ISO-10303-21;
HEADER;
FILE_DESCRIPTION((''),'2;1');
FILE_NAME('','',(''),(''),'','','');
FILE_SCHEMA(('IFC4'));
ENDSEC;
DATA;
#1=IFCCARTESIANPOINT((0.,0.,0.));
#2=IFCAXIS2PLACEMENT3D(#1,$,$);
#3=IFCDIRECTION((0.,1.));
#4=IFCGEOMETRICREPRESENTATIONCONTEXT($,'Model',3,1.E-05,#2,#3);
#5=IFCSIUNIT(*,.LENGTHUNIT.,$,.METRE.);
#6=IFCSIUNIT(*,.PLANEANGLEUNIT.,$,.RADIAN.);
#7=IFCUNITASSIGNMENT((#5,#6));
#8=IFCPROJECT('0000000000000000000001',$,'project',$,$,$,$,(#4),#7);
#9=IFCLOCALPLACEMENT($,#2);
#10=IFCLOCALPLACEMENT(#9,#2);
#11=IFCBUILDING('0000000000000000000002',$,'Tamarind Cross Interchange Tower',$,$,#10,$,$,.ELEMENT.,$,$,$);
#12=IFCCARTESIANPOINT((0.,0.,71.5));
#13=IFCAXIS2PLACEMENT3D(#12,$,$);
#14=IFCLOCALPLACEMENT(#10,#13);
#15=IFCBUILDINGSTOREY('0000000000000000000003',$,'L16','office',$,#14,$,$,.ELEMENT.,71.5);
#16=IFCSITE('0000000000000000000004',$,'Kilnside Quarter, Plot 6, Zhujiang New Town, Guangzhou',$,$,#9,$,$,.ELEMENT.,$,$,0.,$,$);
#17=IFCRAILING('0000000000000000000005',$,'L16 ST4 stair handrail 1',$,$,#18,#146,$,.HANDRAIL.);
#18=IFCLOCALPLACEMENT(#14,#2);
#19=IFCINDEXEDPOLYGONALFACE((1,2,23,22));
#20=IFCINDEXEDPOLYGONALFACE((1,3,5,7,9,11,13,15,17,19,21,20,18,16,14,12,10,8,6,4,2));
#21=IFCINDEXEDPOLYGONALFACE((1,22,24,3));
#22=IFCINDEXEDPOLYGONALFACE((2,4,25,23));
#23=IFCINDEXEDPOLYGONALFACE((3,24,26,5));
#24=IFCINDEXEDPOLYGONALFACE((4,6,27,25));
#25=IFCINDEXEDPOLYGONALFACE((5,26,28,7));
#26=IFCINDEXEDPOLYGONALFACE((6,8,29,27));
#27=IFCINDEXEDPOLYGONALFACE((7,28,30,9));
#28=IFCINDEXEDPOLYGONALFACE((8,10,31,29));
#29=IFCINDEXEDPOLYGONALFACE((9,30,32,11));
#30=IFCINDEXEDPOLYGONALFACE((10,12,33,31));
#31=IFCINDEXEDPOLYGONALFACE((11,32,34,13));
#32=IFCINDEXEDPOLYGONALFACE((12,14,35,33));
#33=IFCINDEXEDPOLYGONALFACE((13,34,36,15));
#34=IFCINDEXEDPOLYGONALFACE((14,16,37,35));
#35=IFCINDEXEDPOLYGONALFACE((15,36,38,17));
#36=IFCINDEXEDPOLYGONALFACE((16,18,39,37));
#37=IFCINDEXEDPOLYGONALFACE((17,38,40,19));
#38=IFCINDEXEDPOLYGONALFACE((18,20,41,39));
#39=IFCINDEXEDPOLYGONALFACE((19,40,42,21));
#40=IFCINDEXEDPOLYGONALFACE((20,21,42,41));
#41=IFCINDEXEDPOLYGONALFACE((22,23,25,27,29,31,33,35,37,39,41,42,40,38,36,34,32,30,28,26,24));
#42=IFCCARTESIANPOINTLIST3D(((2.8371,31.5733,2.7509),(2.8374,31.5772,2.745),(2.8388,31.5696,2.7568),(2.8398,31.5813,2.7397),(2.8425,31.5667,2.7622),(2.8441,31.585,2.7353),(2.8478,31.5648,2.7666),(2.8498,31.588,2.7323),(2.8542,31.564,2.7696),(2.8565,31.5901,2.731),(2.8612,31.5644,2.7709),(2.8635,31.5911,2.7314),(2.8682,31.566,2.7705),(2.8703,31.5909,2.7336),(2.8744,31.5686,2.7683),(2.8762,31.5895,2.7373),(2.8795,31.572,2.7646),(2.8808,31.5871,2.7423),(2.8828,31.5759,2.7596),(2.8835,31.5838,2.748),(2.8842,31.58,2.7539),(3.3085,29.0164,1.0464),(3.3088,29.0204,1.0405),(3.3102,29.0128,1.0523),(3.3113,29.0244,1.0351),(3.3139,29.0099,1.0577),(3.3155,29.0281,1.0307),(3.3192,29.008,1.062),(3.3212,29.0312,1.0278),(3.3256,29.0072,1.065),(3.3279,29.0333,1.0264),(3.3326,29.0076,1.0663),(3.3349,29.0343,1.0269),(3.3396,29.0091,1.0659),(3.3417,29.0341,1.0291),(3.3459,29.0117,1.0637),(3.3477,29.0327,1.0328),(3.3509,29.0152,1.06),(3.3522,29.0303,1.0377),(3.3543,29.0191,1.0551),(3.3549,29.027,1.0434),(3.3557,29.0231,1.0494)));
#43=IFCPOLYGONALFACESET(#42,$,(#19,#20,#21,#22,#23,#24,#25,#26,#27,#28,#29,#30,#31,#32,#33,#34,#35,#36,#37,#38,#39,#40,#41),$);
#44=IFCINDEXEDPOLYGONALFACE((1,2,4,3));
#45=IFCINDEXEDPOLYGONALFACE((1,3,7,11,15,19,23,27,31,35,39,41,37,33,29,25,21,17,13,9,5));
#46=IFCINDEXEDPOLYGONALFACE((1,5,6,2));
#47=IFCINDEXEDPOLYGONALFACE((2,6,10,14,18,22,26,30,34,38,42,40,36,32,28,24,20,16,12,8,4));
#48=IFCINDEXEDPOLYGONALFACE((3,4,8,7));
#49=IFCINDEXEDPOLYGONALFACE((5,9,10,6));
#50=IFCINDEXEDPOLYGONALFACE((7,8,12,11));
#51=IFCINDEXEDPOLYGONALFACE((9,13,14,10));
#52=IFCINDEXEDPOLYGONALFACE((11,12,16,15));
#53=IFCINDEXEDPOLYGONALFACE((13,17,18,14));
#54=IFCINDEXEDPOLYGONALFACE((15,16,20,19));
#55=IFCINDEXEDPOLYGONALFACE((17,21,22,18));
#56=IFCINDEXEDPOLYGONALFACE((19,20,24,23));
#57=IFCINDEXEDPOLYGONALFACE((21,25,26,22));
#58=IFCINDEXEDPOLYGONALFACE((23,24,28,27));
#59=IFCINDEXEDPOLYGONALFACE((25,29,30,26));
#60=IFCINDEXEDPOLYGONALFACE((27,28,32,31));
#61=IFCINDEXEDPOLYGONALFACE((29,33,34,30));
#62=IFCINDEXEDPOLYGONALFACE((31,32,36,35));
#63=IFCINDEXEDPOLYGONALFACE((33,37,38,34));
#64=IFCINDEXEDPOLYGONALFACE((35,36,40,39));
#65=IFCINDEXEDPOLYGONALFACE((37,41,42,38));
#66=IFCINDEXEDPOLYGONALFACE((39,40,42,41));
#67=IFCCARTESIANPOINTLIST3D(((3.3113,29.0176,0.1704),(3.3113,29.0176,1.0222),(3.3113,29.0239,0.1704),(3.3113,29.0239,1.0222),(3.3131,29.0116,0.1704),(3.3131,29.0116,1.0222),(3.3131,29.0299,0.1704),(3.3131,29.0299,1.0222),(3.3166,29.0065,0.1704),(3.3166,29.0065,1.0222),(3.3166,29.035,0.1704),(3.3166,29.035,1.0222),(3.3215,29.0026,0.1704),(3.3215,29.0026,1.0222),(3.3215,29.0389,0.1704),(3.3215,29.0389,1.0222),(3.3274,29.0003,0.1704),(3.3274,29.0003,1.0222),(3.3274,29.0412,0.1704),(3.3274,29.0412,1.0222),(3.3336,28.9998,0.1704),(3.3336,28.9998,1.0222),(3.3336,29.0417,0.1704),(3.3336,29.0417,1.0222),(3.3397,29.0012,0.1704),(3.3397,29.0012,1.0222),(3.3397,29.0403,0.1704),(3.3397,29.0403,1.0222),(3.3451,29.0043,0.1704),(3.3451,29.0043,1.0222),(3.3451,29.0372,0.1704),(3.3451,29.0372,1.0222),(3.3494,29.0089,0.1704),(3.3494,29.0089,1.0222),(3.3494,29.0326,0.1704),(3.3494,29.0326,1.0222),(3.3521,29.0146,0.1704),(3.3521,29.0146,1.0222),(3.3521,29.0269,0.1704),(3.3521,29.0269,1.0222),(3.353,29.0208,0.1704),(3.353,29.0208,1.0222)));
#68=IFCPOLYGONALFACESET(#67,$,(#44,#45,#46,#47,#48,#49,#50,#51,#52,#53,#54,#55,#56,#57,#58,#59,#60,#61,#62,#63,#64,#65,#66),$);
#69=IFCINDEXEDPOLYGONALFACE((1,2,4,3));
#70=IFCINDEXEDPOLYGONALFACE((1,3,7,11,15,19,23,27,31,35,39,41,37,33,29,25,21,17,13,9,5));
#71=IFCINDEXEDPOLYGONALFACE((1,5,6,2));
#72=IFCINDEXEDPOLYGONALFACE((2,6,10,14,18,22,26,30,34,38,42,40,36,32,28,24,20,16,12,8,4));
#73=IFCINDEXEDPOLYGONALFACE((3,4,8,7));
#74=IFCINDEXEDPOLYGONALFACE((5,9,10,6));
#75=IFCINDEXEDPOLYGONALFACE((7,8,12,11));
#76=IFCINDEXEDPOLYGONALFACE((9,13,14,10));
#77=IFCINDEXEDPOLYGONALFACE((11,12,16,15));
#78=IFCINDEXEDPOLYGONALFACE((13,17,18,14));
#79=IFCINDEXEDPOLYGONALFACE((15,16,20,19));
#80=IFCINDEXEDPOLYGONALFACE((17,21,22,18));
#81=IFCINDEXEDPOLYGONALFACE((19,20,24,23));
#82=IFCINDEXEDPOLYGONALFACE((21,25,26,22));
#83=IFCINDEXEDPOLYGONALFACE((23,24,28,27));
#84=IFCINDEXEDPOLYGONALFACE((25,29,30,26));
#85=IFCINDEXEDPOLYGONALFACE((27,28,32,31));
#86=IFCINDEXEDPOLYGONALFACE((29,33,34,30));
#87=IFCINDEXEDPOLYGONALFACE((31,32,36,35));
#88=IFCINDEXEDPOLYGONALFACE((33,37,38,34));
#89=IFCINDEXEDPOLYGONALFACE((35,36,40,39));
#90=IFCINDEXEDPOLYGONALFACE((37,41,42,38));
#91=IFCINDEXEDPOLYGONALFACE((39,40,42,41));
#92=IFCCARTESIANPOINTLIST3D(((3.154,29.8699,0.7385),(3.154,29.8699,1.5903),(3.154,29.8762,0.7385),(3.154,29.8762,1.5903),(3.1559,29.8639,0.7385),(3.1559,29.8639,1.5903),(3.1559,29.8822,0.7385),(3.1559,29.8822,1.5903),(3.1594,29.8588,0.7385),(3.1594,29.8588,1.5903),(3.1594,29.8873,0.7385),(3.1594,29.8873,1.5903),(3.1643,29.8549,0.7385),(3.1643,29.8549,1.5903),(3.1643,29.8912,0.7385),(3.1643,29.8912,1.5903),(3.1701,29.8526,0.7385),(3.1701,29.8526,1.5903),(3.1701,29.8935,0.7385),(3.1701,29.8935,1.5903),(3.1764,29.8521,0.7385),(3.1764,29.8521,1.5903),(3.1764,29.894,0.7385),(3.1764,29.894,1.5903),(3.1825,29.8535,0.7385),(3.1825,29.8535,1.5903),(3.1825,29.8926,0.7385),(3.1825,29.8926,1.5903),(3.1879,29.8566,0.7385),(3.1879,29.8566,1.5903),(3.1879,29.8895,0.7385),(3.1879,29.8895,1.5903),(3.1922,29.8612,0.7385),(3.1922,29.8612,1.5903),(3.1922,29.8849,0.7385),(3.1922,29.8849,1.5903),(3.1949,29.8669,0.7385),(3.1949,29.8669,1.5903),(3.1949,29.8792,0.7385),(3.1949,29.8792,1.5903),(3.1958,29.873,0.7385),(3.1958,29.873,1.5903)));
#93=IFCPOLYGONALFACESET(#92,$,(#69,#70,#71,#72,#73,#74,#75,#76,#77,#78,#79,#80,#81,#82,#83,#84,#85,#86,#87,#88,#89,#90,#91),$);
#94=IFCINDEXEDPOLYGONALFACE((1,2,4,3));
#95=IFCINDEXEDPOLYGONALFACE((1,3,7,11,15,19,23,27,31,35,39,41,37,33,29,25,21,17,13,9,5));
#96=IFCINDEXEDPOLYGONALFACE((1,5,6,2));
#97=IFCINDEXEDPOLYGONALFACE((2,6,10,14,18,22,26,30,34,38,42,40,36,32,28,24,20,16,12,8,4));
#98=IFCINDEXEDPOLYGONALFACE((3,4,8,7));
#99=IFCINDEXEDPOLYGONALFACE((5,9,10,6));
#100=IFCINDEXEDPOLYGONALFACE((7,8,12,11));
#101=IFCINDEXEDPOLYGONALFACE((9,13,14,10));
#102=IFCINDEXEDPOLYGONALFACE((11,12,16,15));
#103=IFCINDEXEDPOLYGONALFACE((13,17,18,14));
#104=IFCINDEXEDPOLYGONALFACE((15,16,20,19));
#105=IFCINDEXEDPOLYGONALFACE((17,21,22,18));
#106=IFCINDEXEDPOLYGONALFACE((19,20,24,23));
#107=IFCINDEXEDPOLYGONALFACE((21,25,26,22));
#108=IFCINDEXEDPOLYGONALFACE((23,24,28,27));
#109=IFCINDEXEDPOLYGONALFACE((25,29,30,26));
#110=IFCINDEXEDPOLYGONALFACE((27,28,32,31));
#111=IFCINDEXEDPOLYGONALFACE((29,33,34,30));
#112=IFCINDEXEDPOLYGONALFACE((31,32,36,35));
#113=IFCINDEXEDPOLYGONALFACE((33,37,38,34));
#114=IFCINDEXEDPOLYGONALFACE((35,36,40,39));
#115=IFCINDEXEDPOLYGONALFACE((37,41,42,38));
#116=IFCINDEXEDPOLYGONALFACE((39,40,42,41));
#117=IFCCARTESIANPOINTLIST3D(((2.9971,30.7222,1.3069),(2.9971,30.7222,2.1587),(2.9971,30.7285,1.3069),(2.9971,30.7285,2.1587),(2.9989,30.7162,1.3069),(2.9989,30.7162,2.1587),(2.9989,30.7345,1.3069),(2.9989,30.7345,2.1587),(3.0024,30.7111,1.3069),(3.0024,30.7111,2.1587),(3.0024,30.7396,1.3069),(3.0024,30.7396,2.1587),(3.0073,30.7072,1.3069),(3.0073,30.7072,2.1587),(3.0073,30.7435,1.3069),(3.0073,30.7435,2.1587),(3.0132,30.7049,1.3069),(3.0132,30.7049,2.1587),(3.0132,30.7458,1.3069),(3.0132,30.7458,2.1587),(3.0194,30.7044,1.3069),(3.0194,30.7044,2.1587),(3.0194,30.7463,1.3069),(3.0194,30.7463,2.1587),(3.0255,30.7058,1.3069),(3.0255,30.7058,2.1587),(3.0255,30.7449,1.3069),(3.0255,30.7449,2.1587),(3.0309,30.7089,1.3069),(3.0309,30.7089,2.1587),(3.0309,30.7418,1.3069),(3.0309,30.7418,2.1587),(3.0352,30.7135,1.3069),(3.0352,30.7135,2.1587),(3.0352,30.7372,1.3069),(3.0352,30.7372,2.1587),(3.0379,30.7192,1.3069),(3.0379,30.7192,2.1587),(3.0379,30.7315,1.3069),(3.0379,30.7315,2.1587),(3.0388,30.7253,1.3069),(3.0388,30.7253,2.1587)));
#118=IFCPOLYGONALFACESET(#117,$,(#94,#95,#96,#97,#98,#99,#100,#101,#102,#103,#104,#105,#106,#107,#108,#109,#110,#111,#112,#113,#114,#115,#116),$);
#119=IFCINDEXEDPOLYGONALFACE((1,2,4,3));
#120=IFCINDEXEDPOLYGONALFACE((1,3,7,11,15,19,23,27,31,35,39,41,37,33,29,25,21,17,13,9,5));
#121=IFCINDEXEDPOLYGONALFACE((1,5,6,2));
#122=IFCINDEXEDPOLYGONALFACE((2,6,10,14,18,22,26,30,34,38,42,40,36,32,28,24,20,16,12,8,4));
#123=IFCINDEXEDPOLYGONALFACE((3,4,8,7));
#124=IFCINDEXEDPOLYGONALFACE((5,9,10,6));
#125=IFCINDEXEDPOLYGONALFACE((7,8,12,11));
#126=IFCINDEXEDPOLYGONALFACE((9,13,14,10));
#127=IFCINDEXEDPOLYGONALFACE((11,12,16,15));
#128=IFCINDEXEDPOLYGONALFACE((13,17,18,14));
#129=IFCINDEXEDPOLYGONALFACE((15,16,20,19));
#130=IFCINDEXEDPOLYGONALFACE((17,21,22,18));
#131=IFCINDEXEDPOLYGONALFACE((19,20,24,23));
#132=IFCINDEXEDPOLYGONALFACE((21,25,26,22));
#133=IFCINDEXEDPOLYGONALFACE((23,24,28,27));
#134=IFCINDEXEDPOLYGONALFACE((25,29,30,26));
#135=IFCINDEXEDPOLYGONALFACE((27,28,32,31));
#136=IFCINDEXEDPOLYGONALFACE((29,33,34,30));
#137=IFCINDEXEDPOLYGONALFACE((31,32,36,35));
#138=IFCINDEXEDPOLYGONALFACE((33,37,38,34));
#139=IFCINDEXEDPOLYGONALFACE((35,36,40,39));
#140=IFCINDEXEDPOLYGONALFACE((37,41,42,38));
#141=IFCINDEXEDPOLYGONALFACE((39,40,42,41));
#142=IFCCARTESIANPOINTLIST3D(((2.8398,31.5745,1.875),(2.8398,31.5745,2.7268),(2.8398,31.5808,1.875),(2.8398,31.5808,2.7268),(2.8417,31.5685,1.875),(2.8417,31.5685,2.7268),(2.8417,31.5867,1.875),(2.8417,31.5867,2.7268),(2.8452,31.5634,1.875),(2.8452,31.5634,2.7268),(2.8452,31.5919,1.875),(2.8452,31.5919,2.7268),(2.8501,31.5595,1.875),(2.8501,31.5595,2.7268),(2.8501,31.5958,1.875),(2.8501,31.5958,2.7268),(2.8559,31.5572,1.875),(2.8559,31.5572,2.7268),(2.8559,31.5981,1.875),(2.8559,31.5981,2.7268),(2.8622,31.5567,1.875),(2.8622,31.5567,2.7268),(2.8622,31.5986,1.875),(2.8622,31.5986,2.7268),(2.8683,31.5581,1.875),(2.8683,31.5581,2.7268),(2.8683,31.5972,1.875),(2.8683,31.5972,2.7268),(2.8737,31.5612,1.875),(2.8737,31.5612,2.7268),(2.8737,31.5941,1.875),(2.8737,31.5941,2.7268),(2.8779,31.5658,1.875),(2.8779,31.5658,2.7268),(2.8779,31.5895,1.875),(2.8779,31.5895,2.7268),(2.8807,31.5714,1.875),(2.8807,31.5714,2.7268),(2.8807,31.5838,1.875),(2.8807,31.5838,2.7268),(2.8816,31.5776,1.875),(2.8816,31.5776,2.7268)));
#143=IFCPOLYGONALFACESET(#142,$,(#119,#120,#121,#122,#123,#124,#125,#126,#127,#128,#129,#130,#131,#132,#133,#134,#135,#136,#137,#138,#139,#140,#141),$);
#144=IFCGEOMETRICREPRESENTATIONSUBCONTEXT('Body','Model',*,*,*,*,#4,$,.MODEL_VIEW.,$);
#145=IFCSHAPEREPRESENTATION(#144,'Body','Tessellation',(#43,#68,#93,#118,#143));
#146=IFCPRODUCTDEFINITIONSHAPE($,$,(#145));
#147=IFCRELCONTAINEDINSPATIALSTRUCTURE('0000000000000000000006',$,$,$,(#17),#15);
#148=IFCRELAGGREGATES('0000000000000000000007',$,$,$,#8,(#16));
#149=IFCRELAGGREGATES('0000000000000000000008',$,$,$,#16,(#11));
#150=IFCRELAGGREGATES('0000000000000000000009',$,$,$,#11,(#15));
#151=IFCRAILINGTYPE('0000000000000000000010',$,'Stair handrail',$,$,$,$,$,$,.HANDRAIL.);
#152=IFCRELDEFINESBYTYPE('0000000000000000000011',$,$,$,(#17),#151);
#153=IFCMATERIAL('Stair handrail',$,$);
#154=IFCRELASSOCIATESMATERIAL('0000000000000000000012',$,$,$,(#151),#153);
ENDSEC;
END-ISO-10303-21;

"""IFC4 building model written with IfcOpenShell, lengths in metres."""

from ifc_helpers import new_model, si_unit, direction, frame, origin, origin_2d, place, context, subcontext, project, spatial, circle, extrude, material, type_object, element, save


model = new_model("IFC4")

# Units and contexts
model_context = context("Model", 3, precision=1e-05, world=origin(), true_north=direction((0.0, 1.0)))
body_context = subcontext(model_context, "Body", "Model", "MODEL_VIEW")
ifc_project = project(units=[si_unit("LENGTHUNIT", "METRE"), si_unit("PLANEANGLEUNIT", "RADIAN")], contexts=[model_context])

# Site, building, storey
site_placement = place(None, origin())
site = spatial("IfcSite", under=ifc_project, at=site_placement, Name="Kilnside Quarter, Plot 6, Zhujiang New Town, Guangzhou", CompositionType="ELEMENT", RefElevation=0.0)
building_placement = place(site_placement, origin())
building = spatial("IfcBuilding", under=site, at=building_placement, Name="Tamarind Cross Interchange Tower", CompositionType="ELEMENT")
storey_placement = place(building_placement, frame((0.0, 0.0, 71.5)))
storey = spatial("IfcBuildingStorey", under=building, at=storey_placement, Name="L16", Description="office", CompositionType="ELEMENT", Elevation=71.5)

# Railing
ifc_material_1 = material(Name="Stair handrail")
railing_type_1 = type_object("IfcRailingType", Name="Stair handrail", PredefinedType="HANDRAIL", material=ifc_material_1)
railing_1_placement = place(storey_placement, frame((3.332, 29.0208, 0.1704)))
element("IfcRailing", 1, at=railing_1_placement, inside=storey, type_object=railing_type_1, Name="L16 ST4 stair handrail 1", PredefinedType="HANDRAIL", context=body_context, shape_type="SweptSolid", body=[
    extrude(circle(Radius=0.0239, at=origin_2d()), frame((0.0, 0.0, 0.876), z_axis=(-0.151638, 0.822428, 0.548286), x_axis=(-0.983424, -0.181323, 0.0)), (0.0, 0.0, 1.0), 3.1089),
    extrude(circle(Radius=0.021, at=origin_2d()), origin(), (0.0, 0.0, 1.0), 0.8518),
    extrude(circle(Radius=0.021, at=origin_2d()), frame((-0.1572, 0.8523, 0.5681)), (0.0, 0.0, 1.0), 0.8518),
    extrude(circle(Radius=0.021, at=origin_2d()), frame((-0.3142, 1.7046, 1.1365)), (0.0, 0.0, 1.0), 0.8518),
    extrude(circle(Radius=0.021, at=origin_2d()), frame((-0.4714, 2.5569, 1.7046)), (0.0, 0.0, 1.0), 0.8518),
])

save(model, "model.ifc")
